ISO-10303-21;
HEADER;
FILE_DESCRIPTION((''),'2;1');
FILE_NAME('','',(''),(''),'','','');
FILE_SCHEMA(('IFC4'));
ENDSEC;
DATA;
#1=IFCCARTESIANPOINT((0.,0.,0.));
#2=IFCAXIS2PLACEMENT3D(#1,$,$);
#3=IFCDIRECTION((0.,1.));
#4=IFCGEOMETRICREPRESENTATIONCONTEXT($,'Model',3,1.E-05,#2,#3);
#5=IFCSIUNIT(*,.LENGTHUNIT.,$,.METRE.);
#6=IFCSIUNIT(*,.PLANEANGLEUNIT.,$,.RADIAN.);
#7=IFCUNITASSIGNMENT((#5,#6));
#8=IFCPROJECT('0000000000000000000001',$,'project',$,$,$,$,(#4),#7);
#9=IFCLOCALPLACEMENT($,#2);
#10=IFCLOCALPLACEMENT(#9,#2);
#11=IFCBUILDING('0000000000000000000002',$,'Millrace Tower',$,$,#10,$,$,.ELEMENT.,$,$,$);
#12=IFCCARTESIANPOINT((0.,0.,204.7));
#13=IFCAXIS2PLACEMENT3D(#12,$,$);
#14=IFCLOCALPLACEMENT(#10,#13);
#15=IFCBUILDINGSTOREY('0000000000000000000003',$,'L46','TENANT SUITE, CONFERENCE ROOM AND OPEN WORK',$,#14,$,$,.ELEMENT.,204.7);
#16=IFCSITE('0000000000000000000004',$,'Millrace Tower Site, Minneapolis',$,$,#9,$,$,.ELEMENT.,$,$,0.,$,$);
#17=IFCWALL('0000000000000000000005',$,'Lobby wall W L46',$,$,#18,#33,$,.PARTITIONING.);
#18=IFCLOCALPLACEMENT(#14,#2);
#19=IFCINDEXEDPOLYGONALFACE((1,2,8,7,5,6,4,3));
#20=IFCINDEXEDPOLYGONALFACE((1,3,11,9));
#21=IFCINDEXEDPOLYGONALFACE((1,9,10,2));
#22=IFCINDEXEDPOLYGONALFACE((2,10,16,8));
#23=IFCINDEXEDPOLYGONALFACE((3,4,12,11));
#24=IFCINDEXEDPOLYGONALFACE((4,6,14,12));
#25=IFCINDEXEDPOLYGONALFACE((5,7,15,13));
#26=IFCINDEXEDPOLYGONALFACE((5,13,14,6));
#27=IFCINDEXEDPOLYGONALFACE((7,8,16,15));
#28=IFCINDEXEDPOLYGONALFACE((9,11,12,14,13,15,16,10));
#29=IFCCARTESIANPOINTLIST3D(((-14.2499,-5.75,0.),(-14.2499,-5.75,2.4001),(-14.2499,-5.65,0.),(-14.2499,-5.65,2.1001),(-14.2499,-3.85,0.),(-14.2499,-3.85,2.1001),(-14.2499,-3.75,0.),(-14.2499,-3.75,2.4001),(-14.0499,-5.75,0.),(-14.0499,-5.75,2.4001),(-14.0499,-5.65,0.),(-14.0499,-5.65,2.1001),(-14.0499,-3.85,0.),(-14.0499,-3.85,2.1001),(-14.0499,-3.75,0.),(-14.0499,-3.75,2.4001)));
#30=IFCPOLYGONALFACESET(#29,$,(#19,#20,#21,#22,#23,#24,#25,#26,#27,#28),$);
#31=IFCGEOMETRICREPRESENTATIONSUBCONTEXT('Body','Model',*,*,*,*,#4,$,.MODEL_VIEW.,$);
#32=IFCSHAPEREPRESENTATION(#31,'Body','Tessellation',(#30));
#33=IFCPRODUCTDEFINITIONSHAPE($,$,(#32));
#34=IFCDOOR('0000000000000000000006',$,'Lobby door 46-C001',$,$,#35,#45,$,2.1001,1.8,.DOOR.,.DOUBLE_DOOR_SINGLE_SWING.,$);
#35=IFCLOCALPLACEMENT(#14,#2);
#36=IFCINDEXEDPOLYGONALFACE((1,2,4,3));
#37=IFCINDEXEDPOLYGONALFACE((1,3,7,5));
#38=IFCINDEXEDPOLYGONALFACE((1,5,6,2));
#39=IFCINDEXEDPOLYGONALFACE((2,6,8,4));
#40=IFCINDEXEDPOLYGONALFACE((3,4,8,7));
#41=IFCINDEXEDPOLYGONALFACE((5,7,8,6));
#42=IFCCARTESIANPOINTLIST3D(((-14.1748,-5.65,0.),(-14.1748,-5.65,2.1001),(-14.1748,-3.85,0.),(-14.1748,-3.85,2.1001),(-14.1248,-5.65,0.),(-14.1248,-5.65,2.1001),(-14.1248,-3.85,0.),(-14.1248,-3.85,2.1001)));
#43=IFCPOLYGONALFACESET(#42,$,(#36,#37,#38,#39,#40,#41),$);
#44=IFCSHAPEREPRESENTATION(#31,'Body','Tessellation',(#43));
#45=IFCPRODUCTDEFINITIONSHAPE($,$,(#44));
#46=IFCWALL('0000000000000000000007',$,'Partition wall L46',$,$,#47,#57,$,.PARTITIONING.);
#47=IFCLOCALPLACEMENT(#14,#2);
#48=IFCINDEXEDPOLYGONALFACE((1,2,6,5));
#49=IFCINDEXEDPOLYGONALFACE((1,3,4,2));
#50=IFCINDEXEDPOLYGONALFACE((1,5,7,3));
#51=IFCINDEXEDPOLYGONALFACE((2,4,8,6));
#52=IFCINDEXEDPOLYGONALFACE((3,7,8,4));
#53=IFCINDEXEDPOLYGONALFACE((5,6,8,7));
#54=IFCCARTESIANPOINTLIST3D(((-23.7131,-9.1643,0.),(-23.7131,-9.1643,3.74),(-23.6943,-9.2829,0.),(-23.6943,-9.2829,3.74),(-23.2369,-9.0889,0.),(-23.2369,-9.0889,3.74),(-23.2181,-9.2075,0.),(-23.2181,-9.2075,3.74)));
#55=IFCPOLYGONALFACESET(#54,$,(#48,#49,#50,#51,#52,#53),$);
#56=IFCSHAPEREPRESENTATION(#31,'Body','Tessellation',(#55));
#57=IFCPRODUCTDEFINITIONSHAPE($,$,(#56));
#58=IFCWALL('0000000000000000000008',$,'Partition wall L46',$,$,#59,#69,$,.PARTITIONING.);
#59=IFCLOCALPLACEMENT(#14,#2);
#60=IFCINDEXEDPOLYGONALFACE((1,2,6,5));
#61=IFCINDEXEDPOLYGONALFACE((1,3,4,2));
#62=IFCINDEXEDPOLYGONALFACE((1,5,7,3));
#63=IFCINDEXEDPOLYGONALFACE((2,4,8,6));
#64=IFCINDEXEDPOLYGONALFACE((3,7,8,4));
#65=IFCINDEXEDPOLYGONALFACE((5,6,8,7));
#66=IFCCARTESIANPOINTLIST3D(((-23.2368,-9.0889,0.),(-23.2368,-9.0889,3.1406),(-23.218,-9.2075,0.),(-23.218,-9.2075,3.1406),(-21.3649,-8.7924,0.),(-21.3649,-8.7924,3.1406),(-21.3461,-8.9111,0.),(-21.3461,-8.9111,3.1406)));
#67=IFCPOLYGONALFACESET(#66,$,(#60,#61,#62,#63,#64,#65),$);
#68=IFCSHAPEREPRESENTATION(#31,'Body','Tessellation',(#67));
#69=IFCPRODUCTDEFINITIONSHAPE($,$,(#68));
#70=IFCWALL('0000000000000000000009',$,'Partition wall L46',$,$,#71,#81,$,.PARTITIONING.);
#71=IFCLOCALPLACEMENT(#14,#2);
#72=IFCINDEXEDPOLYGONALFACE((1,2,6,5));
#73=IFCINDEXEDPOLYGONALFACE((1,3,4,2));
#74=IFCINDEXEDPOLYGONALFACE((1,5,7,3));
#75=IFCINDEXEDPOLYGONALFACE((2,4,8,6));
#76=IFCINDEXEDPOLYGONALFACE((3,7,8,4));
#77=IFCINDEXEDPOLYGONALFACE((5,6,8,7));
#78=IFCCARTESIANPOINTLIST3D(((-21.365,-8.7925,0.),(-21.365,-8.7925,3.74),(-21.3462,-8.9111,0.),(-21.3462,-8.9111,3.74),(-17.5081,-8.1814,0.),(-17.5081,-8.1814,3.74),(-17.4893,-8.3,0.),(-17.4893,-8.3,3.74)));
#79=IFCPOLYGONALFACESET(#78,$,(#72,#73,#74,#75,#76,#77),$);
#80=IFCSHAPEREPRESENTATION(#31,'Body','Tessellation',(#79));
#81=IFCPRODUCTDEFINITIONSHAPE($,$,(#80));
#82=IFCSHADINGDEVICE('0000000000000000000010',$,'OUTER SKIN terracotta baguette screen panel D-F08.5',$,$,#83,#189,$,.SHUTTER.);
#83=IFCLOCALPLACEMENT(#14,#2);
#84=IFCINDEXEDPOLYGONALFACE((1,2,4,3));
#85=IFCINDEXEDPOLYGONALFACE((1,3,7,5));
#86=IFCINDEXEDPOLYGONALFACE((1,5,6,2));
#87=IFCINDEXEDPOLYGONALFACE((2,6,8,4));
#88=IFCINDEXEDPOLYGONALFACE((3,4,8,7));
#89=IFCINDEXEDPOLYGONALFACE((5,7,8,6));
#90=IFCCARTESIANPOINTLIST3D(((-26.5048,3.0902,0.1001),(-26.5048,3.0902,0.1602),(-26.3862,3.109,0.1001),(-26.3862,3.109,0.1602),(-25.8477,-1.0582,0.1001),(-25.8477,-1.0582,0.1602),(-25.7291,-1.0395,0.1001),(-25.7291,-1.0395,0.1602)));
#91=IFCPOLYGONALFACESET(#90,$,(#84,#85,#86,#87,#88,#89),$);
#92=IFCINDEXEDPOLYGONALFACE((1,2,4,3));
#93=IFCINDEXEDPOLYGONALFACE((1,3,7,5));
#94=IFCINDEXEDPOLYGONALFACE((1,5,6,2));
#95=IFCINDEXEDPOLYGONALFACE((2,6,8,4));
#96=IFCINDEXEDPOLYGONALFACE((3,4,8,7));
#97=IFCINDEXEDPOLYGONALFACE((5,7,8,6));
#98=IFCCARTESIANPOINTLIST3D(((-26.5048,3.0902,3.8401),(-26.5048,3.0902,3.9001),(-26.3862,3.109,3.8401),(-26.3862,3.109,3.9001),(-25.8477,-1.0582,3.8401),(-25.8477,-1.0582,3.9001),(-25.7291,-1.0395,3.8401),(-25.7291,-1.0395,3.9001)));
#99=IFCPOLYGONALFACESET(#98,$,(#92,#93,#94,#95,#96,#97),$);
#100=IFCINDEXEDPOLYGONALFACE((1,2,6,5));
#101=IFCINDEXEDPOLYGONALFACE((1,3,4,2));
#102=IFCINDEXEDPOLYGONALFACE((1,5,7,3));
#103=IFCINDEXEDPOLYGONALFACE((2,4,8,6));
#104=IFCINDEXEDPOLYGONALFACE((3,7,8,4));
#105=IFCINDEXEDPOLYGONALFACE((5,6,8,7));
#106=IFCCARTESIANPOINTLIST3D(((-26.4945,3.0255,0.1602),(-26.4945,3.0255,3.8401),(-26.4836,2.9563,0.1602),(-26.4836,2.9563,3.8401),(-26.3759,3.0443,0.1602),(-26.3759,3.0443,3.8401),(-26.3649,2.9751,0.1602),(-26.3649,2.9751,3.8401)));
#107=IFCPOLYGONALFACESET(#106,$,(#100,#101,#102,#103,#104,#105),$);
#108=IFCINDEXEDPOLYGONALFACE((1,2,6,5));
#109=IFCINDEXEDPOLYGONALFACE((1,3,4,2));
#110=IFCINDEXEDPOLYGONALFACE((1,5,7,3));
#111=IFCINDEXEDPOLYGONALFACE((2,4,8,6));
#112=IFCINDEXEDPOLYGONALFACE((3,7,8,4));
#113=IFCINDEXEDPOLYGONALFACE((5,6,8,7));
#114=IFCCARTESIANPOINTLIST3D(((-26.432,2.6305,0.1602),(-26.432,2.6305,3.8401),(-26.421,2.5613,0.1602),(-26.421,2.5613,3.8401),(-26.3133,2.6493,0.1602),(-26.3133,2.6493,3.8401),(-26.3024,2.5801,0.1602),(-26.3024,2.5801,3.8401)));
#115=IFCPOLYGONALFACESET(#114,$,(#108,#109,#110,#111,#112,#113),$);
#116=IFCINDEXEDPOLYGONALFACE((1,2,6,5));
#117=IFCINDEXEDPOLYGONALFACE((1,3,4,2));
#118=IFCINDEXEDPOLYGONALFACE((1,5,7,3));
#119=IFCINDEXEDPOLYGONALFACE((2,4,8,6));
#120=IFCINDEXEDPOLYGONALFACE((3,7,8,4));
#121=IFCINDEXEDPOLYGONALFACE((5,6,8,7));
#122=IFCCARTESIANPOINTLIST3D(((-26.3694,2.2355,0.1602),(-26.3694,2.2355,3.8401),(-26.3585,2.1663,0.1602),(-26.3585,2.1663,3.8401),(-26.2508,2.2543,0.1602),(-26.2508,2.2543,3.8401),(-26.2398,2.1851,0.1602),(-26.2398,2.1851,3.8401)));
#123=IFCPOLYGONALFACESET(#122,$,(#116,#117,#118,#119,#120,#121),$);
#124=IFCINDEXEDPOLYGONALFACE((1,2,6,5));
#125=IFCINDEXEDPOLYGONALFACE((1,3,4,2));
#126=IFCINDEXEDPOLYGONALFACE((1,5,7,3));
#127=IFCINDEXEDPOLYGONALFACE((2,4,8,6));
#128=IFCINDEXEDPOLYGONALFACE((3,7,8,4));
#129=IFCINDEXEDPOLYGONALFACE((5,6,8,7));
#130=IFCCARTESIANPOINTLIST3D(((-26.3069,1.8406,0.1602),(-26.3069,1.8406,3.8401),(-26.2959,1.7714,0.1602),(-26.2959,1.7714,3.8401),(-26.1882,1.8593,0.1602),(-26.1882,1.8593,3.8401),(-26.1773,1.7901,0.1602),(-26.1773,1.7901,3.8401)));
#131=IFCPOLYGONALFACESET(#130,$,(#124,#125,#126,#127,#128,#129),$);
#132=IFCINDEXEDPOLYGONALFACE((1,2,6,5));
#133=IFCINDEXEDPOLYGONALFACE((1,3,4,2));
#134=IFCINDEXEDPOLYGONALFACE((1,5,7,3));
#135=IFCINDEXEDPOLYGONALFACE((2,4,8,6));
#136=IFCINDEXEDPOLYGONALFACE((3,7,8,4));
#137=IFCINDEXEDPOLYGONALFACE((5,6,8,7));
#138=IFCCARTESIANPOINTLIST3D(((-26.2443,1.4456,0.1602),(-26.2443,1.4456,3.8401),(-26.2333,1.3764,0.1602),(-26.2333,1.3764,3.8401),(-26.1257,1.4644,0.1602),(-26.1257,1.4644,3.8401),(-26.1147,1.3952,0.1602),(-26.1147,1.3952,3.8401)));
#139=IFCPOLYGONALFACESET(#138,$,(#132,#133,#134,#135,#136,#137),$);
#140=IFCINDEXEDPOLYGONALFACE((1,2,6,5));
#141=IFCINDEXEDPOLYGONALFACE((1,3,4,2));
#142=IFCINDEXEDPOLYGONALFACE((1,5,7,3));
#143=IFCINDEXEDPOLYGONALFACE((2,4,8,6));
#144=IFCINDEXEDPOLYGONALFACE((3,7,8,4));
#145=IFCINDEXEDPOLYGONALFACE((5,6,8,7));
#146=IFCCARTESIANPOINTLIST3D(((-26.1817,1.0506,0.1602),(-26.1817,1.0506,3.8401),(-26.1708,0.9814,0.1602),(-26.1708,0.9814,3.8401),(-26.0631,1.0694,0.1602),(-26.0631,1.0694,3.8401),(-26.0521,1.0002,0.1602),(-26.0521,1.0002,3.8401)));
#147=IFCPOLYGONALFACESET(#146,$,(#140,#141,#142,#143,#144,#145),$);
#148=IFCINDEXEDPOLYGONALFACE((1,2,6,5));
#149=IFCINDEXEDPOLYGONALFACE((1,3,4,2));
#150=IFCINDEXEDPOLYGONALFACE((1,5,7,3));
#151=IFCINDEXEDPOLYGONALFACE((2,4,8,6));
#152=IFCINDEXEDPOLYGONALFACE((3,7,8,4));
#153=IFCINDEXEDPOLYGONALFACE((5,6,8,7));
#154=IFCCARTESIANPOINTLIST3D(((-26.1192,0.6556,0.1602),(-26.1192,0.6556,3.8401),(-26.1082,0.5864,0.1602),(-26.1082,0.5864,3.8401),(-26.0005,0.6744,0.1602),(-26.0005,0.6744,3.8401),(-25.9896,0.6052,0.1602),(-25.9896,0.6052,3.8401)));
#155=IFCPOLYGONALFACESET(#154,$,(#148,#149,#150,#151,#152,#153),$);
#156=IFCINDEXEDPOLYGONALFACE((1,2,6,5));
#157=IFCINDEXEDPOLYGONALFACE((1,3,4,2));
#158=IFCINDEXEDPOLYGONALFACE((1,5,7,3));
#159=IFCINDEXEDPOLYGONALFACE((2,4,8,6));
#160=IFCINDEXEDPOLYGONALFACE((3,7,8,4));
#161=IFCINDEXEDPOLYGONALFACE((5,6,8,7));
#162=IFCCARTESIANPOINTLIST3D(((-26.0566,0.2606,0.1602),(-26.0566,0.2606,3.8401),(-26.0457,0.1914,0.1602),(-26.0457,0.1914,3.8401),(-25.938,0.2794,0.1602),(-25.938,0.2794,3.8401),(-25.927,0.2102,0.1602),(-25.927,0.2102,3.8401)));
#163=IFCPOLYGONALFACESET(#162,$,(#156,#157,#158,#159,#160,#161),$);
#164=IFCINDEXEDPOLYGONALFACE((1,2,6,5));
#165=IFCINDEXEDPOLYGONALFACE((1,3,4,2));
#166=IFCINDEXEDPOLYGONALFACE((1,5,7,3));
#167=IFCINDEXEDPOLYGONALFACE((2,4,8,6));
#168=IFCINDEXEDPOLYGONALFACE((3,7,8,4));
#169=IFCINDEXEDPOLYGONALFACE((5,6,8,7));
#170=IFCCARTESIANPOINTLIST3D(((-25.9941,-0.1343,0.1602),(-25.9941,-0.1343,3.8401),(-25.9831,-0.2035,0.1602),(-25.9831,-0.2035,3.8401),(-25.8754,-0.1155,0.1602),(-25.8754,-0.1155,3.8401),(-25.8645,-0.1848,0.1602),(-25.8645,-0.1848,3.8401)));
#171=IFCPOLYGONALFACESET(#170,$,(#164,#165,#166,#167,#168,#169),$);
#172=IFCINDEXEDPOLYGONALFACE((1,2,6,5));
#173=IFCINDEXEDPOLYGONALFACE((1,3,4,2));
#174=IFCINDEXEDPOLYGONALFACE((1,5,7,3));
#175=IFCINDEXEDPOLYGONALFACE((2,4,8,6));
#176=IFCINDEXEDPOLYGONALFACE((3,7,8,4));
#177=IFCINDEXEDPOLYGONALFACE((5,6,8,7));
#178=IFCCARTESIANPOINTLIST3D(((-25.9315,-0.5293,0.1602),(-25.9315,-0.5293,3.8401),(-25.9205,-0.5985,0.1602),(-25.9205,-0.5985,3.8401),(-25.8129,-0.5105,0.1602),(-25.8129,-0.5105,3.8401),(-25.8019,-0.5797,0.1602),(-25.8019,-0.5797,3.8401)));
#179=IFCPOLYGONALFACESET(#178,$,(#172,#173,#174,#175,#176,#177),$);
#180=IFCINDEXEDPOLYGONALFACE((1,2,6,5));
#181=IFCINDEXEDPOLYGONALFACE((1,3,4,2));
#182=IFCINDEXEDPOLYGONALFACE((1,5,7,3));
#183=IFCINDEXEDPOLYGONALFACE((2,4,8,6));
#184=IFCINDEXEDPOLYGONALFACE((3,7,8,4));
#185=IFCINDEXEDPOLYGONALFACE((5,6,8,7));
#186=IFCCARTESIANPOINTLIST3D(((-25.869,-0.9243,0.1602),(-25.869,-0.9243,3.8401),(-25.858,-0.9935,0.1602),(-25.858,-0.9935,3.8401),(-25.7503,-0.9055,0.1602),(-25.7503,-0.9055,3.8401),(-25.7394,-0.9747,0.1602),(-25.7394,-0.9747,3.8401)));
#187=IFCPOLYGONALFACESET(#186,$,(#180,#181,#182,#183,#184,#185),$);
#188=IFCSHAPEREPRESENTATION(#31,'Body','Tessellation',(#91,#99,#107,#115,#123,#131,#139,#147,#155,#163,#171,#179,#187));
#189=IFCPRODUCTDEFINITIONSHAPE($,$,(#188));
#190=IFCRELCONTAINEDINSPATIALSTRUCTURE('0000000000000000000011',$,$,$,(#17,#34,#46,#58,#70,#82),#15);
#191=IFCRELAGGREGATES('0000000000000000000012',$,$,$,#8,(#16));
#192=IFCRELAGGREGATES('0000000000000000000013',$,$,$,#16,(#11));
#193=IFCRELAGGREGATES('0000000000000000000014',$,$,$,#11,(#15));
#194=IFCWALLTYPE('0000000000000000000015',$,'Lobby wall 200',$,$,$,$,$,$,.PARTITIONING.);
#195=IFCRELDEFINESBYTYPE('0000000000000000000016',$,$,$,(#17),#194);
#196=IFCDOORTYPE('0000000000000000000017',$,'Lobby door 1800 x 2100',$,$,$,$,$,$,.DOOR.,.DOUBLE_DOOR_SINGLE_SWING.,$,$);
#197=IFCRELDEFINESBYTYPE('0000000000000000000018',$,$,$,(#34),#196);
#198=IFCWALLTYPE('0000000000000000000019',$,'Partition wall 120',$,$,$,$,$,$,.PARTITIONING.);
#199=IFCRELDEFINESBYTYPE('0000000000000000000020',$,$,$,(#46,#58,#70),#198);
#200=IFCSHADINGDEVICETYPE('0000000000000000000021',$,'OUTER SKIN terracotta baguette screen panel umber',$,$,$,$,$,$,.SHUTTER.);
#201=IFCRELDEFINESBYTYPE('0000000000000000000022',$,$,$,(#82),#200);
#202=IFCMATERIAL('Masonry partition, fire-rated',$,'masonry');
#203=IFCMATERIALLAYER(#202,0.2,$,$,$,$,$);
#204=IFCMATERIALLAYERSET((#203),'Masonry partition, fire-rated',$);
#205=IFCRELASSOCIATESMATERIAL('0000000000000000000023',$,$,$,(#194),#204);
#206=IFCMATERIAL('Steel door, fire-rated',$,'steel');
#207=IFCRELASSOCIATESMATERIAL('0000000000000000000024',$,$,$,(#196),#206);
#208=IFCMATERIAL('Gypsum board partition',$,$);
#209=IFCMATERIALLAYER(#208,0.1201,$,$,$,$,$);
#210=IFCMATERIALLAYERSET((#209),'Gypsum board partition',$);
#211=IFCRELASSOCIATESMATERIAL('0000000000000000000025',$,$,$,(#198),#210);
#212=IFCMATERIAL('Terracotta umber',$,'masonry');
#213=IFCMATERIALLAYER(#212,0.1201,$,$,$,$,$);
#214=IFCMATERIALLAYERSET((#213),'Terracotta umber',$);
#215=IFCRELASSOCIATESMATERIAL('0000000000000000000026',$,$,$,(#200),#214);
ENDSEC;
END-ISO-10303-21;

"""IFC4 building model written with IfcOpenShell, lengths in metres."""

from ifc_helpers import new_model, entity, si_unit, direction, frame, frame_2d, origin, origin_2d, place, context, subcontext, project, spatial, rectangle, extrude, source, transform, mapped, material, layer, layer_set, type_object, element, fill, save


model = new_model("IFC4")

# Units and contexts
model_context = context("Model", 3, precision=1e-05, world=origin(), true_north=direction((0.0, 1.0)))
body_context = subcontext(model_context, "Body", "Model", "MODEL_VIEW")
ifc_project = project(units=[si_unit("LENGTHUNIT", "METRE"), si_unit("PLANEANGLEUNIT", "RADIAN")], contexts=[model_context])

# Site, building, storey
site_placement = place(None, origin())
site = spatial("IfcSite", under=ifc_project, at=site_placement, Name="Millrace Tower Site, Minneapolis", CompositionType="ELEMENT", RefElevation=0.0)
building_placement = place(site_placement, origin())
building = spatial("IfcBuilding", under=site, at=building_placement, Name="Millrace Tower", CompositionType="ELEMENT")
storey_placement = place(building_placement, frame((0.0, 0.0, 204.7)))
storey = spatial("IfcBuildingStorey", under=building, at=storey_placement, Name="L46", Description="TENANT SUITE, CONFERENCE ROOM AND OPEN WORK", CompositionType="ELEMENT", Elevation=204.7)

# Wall, opening, door
ifc_material_1 = material(Name="Masonry partition, fire-rated", Category="masonry")
ifc_layer_1 = layer(ifc_material_1, 0.2)
ifc_layer_set_1 = layer_set([ifc_layer_1], Name="Masonry partition, fire-rated")
wall_type_1 = type_object("IfcWallType", Name="Lobby wall 200", PredefinedType="PARTITIONING", material=ifc_layer_set_1)
wall_1_placement = place(storey_placement, frame((-14.1499, -5.75, 0.0), z_axis=(0.0, 0.0, 1.0), x_axis=(0.0, 1.0, 0.0)))
wall_1 = element("IfcWall", 1, at=wall_1_placement, inside=storey, type_object=wall_type_1, Name="Lobby wall W L46", PredefinedType="PARTITIONING", context=body_context, shape_type="SweptSolid", body=[
    extrude(rectangle(XDim=2.0, YDim=0.2, at=frame_2d((1.0, 0.0))), origin(), (0.0, 0.0, 1.0), 2.4001),
])
opening_placement = place(wall_1_placement, frame((0.1001, 0.0, 0.0)))
opening = element("IfcOpeningElement", 2, at=opening_placement, cuts=wall_1, PredefinedType="OPENING", context=body_context, shape_type="SweptSolid", body=[
    extrude(rectangle(XDim=1.8, YDim=2.1001, at=frame_2d((0.8999, 1.05))), frame((0.0, 0.1099, 0.0), z_axis=(0.0, -1.0, 0.0), x_axis=(1.0, 0.0, 0.0)), (0.0, 0.0, 1.0), 0.22),
])
ifc_material_2 = material(Name="Steel door, fire-rated", Category="steel")
door_type = type_object("IfcDoorType", Name="Lobby door 1800 x 2100", OperationType="DOUBLE_DOOR_SINGLE_SWING", PredefinedType="DOOR", material=ifc_material_2)
door_placement = place(opening_placement, origin())
door = element("IfcDoor", 3, at=door_placement, inside=storey, type_object=door_type, Name="Lobby door 46-C001", OperationType="DOUBLE_DOOR_SINGLE_SWING", OverallHeight=2.1001, OverallWidth=1.8, PredefinedType="DOOR", context=body_context, shape_type="SweptSolid", body=[
    extrude(rectangle(XDim=1.8, YDim=2.1001, at=frame_2d((0.8999, 1.05))), frame((0.0, 0.0249, 0.0), z_axis=(0.0, -1.0, 0.0), x_axis=(1.0, 0.0, 0.0)), (0.0, 0.0, 1.0), 0.05),
])
fill(opening, door)

# Walls
ifc_material_3 = material(Name="Gypsum board partition")
ifc_layer_2 = layer(ifc_material_3, 0.1201)
ifc_layer_set_2 = layer_set([ifc_layer_2], Name="Gypsum board partition")
wall_type_2 = type_object("IfcWallType", Name="Partition wall 120", PredefinedType="PARTITIONING", material=ifc_layer_set_2)
wall_2_placement = place(storey_placement, frame((-23.7039, -9.2236, 0.0), z_axis=(0.0, 0.0, 1.0), x_axis=(0.987689, 0.15643, 0.0)))
element("IfcWall", 4, at=wall_2_placement, inside=storey, type_object=wall_type_2, Name="Partition wall L46", PredefinedType="PARTITIONING", context=body_context, shape_type="SweptSolid", body=[
    extrude(rectangle(XDim=0.4822, YDim=0.1201, at=frame_2d((0.2412, 0.0))), origin(), (0.0, 0.0, 1.0), 3.74),
])
wall_3_placement = place(storey_placement, frame((-23.2275, -9.1482, 0.0), z_axis=(0.0, 0.0, 1.0), x_axis=(0.987695, 0.156393, 0.0)))
element("IfcWall", 5, at=wall_3_placement, inside=storey, type_object=wall_type_2, Name="Partition wall L46", PredefinedType="PARTITIONING", context=body_context, shape_type="SweptSolid", body=[
    extrude(rectangle(XDim=1.8953, YDim=0.1201, at=frame_2d((0.9478, 0.0))), origin(), (0.0, 0.0, 1.0), 3.1406),
])
wall_4_placement = place(storey_placement, frame((-21.3557, -8.8518, 0.0), z_axis=(0.0, 0.0, 1.0), x_axis=(0.98768, 0.156486, 0.0)))
element("IfcWall", 6, at=wall_4_placement, inside=storey, type_object=wall_type_2, Name="Partition wall L46", PredefinedType="PARTITIONING", context=body_context, shape_type="SweptSolid", body=[
    extrude(rectangle(XDim=3.905, YDim=0.1201, at=frame_2d((1.9526, 0.0))), origin(), (0.0, 0.0, 1.0), 3.74),
])

# Shading device
ifc_material_4 = material(Name="Terracotta umber", Category="masonry")
ifc_layer_3 = layer(ifc_material_4, 0.1201)
ifc_layer_set_3 = layer_set([ifc_layer_3], Name="Terracotta umber")
shading_device_type = type_object("IfcShadingDeviceType", Name="OUTER SKIN terracotta baguette screen panel umber", PredefinedType="SHUTTER", material=ifc_layer_set_3)
cartesian_point = entity("IfcCartesianPoint", [-2.1001, 0.0601])
shared_polyline = entity("IfcPolyline", [cartesian_point, entity("IfcCartesianPoint", [2.1001, 0.0601]), entity("IfcCartesianPoint", [2.1001, -0.0601]), entity("IfcCartesianPoint", [-2.1001, -0.0601]), cartesian_point])
shared_shape = source(origin(), body_context, "Body", "SweptSolid", [
    entity("IfcExtrudedAreaSolid", entity("IfcArbitraryClosedProfileDef", "AREA", None, shared_polyline), entity("IfcAxis2Placement3D", entity("IfcCartesianPoint", [0.0, 0.0, 0.0])), entity("IfcDirection", [0.0, 0.0, 1.0]), 0.0601),
    entity("IfcExtrudedAreaSolid", entity("IfcArbitraryClosedProfileDef", "AREA", None, shared_polyline), entity("IfcAxis2Placement3D", entity("IfcCartesianPoint", [0.0, 0.0, 3.74])), entity("IfcDirection", [0.0, 0.0, 1.0]), 0.0601),
    extrude(rectangle(XDim=0.0701, YDim=0.1201, at=frame_2d((-1.9995, 0.0))), frame((0.0, 0.0, 0.0601)), (0.0, 0.0, 1.0), 3.6799),
    extrude(rectangle(XDim=0.0701, YDim=0.1201, at=frame_2d((-1.5996, 0.0))), frame((0.0, 0.0, 0.0601)), (0.0, 0.0, 1.0), 3.6799),
    extrude(rectangle(XDim=0.0701, YDim=0.1201, at=frame_2d((-1.1997, 0.0))), frame((0.0, 0.0, 0.0601)), (0.0, 0.0, 1.0), 3.6799),
    extrude(rectangle(XDim=0.0701, YDim=0.1201, at=frame_2d((-0.7998, 0.0))), frame((0.0, 0.0, 0.0601)), (0.0, 0.0, 1.0), 3.6799),
    extrude(rectangle(XDim=0.0701, YDim=0.1201, at=frame_2d((-0.3999, 0.0))), frame((0.0, 0.0, 0.0601)), (0.0, 0.0, 1.0), 3.6799),
    extrude(rectangle(XDim=0.0701, YDim=0.1201, at=origin_2d()), frame((0.0, 0.0, 0.0601)), (0.0, 0.0, 1.0), 3.6799),
    extrude(rectangle(XDim=0.0701, YDim=0.1201, at=frame_2d((0.3999, 0.0))), frame((0.0, 0.0, 0.0601)), (0.0, 0.0, 1.0), 3.6799),
    extrude(rectangle(XDim=0.0701, YDim=0.1201, at=frame_2d((0.7998, 0.0))), frame((0.0, 0.0, 0.0601)), (0.0, 0.0, 1.0), 3.6799),
    extrude(rectangle(XDim=0.0701, YDim=0.1201, at=frame_2d((1.1997, 0.0))), frame((0.0, 0.0, 0.0601)), (0.0, 0.0, 1.0), 3.6799),
    extrude(rectangle(XDim=0.0701, YDim=0.1201, at=frame_2d((1.5996, 0.0))), frame((0.0, 0.0, 0.0601)), (0.0, 0.0, 1.0), 3.6799),
    extrude(rectangle(XDim=0.0701, YDim=0.1201, at=frame_2d((1.9995, 0.0))), frame((0.0, 0.0, 0.0601)), (0.0, 0.0, 1.0), 3.6799),
])
for number, where, z_axis, x_axis, name in (
    (7, (-26.1169, 1.0254, 0.1001), (0.0, 0.0, 1.0), (0.156434, -0.987688, 0.0), "OUTER SKIN terracotta baguette screen panel D-F08.5"),
):
    element("IfcShadingDevice", number, at=place(storey_placement, frame(where, z_axis=z_axis, x_axis=x_axis)), inside=storey, type_object=shading_device_type, Name=name, PredefinedType="SHUTTER", context=body_context, shape_type="MappedRepresentation", body=[
        mapped(shared_shape, transform((0.0, 0.0, 0.0), scale=1.0)),
    ])

save(model, "model.ifc")
